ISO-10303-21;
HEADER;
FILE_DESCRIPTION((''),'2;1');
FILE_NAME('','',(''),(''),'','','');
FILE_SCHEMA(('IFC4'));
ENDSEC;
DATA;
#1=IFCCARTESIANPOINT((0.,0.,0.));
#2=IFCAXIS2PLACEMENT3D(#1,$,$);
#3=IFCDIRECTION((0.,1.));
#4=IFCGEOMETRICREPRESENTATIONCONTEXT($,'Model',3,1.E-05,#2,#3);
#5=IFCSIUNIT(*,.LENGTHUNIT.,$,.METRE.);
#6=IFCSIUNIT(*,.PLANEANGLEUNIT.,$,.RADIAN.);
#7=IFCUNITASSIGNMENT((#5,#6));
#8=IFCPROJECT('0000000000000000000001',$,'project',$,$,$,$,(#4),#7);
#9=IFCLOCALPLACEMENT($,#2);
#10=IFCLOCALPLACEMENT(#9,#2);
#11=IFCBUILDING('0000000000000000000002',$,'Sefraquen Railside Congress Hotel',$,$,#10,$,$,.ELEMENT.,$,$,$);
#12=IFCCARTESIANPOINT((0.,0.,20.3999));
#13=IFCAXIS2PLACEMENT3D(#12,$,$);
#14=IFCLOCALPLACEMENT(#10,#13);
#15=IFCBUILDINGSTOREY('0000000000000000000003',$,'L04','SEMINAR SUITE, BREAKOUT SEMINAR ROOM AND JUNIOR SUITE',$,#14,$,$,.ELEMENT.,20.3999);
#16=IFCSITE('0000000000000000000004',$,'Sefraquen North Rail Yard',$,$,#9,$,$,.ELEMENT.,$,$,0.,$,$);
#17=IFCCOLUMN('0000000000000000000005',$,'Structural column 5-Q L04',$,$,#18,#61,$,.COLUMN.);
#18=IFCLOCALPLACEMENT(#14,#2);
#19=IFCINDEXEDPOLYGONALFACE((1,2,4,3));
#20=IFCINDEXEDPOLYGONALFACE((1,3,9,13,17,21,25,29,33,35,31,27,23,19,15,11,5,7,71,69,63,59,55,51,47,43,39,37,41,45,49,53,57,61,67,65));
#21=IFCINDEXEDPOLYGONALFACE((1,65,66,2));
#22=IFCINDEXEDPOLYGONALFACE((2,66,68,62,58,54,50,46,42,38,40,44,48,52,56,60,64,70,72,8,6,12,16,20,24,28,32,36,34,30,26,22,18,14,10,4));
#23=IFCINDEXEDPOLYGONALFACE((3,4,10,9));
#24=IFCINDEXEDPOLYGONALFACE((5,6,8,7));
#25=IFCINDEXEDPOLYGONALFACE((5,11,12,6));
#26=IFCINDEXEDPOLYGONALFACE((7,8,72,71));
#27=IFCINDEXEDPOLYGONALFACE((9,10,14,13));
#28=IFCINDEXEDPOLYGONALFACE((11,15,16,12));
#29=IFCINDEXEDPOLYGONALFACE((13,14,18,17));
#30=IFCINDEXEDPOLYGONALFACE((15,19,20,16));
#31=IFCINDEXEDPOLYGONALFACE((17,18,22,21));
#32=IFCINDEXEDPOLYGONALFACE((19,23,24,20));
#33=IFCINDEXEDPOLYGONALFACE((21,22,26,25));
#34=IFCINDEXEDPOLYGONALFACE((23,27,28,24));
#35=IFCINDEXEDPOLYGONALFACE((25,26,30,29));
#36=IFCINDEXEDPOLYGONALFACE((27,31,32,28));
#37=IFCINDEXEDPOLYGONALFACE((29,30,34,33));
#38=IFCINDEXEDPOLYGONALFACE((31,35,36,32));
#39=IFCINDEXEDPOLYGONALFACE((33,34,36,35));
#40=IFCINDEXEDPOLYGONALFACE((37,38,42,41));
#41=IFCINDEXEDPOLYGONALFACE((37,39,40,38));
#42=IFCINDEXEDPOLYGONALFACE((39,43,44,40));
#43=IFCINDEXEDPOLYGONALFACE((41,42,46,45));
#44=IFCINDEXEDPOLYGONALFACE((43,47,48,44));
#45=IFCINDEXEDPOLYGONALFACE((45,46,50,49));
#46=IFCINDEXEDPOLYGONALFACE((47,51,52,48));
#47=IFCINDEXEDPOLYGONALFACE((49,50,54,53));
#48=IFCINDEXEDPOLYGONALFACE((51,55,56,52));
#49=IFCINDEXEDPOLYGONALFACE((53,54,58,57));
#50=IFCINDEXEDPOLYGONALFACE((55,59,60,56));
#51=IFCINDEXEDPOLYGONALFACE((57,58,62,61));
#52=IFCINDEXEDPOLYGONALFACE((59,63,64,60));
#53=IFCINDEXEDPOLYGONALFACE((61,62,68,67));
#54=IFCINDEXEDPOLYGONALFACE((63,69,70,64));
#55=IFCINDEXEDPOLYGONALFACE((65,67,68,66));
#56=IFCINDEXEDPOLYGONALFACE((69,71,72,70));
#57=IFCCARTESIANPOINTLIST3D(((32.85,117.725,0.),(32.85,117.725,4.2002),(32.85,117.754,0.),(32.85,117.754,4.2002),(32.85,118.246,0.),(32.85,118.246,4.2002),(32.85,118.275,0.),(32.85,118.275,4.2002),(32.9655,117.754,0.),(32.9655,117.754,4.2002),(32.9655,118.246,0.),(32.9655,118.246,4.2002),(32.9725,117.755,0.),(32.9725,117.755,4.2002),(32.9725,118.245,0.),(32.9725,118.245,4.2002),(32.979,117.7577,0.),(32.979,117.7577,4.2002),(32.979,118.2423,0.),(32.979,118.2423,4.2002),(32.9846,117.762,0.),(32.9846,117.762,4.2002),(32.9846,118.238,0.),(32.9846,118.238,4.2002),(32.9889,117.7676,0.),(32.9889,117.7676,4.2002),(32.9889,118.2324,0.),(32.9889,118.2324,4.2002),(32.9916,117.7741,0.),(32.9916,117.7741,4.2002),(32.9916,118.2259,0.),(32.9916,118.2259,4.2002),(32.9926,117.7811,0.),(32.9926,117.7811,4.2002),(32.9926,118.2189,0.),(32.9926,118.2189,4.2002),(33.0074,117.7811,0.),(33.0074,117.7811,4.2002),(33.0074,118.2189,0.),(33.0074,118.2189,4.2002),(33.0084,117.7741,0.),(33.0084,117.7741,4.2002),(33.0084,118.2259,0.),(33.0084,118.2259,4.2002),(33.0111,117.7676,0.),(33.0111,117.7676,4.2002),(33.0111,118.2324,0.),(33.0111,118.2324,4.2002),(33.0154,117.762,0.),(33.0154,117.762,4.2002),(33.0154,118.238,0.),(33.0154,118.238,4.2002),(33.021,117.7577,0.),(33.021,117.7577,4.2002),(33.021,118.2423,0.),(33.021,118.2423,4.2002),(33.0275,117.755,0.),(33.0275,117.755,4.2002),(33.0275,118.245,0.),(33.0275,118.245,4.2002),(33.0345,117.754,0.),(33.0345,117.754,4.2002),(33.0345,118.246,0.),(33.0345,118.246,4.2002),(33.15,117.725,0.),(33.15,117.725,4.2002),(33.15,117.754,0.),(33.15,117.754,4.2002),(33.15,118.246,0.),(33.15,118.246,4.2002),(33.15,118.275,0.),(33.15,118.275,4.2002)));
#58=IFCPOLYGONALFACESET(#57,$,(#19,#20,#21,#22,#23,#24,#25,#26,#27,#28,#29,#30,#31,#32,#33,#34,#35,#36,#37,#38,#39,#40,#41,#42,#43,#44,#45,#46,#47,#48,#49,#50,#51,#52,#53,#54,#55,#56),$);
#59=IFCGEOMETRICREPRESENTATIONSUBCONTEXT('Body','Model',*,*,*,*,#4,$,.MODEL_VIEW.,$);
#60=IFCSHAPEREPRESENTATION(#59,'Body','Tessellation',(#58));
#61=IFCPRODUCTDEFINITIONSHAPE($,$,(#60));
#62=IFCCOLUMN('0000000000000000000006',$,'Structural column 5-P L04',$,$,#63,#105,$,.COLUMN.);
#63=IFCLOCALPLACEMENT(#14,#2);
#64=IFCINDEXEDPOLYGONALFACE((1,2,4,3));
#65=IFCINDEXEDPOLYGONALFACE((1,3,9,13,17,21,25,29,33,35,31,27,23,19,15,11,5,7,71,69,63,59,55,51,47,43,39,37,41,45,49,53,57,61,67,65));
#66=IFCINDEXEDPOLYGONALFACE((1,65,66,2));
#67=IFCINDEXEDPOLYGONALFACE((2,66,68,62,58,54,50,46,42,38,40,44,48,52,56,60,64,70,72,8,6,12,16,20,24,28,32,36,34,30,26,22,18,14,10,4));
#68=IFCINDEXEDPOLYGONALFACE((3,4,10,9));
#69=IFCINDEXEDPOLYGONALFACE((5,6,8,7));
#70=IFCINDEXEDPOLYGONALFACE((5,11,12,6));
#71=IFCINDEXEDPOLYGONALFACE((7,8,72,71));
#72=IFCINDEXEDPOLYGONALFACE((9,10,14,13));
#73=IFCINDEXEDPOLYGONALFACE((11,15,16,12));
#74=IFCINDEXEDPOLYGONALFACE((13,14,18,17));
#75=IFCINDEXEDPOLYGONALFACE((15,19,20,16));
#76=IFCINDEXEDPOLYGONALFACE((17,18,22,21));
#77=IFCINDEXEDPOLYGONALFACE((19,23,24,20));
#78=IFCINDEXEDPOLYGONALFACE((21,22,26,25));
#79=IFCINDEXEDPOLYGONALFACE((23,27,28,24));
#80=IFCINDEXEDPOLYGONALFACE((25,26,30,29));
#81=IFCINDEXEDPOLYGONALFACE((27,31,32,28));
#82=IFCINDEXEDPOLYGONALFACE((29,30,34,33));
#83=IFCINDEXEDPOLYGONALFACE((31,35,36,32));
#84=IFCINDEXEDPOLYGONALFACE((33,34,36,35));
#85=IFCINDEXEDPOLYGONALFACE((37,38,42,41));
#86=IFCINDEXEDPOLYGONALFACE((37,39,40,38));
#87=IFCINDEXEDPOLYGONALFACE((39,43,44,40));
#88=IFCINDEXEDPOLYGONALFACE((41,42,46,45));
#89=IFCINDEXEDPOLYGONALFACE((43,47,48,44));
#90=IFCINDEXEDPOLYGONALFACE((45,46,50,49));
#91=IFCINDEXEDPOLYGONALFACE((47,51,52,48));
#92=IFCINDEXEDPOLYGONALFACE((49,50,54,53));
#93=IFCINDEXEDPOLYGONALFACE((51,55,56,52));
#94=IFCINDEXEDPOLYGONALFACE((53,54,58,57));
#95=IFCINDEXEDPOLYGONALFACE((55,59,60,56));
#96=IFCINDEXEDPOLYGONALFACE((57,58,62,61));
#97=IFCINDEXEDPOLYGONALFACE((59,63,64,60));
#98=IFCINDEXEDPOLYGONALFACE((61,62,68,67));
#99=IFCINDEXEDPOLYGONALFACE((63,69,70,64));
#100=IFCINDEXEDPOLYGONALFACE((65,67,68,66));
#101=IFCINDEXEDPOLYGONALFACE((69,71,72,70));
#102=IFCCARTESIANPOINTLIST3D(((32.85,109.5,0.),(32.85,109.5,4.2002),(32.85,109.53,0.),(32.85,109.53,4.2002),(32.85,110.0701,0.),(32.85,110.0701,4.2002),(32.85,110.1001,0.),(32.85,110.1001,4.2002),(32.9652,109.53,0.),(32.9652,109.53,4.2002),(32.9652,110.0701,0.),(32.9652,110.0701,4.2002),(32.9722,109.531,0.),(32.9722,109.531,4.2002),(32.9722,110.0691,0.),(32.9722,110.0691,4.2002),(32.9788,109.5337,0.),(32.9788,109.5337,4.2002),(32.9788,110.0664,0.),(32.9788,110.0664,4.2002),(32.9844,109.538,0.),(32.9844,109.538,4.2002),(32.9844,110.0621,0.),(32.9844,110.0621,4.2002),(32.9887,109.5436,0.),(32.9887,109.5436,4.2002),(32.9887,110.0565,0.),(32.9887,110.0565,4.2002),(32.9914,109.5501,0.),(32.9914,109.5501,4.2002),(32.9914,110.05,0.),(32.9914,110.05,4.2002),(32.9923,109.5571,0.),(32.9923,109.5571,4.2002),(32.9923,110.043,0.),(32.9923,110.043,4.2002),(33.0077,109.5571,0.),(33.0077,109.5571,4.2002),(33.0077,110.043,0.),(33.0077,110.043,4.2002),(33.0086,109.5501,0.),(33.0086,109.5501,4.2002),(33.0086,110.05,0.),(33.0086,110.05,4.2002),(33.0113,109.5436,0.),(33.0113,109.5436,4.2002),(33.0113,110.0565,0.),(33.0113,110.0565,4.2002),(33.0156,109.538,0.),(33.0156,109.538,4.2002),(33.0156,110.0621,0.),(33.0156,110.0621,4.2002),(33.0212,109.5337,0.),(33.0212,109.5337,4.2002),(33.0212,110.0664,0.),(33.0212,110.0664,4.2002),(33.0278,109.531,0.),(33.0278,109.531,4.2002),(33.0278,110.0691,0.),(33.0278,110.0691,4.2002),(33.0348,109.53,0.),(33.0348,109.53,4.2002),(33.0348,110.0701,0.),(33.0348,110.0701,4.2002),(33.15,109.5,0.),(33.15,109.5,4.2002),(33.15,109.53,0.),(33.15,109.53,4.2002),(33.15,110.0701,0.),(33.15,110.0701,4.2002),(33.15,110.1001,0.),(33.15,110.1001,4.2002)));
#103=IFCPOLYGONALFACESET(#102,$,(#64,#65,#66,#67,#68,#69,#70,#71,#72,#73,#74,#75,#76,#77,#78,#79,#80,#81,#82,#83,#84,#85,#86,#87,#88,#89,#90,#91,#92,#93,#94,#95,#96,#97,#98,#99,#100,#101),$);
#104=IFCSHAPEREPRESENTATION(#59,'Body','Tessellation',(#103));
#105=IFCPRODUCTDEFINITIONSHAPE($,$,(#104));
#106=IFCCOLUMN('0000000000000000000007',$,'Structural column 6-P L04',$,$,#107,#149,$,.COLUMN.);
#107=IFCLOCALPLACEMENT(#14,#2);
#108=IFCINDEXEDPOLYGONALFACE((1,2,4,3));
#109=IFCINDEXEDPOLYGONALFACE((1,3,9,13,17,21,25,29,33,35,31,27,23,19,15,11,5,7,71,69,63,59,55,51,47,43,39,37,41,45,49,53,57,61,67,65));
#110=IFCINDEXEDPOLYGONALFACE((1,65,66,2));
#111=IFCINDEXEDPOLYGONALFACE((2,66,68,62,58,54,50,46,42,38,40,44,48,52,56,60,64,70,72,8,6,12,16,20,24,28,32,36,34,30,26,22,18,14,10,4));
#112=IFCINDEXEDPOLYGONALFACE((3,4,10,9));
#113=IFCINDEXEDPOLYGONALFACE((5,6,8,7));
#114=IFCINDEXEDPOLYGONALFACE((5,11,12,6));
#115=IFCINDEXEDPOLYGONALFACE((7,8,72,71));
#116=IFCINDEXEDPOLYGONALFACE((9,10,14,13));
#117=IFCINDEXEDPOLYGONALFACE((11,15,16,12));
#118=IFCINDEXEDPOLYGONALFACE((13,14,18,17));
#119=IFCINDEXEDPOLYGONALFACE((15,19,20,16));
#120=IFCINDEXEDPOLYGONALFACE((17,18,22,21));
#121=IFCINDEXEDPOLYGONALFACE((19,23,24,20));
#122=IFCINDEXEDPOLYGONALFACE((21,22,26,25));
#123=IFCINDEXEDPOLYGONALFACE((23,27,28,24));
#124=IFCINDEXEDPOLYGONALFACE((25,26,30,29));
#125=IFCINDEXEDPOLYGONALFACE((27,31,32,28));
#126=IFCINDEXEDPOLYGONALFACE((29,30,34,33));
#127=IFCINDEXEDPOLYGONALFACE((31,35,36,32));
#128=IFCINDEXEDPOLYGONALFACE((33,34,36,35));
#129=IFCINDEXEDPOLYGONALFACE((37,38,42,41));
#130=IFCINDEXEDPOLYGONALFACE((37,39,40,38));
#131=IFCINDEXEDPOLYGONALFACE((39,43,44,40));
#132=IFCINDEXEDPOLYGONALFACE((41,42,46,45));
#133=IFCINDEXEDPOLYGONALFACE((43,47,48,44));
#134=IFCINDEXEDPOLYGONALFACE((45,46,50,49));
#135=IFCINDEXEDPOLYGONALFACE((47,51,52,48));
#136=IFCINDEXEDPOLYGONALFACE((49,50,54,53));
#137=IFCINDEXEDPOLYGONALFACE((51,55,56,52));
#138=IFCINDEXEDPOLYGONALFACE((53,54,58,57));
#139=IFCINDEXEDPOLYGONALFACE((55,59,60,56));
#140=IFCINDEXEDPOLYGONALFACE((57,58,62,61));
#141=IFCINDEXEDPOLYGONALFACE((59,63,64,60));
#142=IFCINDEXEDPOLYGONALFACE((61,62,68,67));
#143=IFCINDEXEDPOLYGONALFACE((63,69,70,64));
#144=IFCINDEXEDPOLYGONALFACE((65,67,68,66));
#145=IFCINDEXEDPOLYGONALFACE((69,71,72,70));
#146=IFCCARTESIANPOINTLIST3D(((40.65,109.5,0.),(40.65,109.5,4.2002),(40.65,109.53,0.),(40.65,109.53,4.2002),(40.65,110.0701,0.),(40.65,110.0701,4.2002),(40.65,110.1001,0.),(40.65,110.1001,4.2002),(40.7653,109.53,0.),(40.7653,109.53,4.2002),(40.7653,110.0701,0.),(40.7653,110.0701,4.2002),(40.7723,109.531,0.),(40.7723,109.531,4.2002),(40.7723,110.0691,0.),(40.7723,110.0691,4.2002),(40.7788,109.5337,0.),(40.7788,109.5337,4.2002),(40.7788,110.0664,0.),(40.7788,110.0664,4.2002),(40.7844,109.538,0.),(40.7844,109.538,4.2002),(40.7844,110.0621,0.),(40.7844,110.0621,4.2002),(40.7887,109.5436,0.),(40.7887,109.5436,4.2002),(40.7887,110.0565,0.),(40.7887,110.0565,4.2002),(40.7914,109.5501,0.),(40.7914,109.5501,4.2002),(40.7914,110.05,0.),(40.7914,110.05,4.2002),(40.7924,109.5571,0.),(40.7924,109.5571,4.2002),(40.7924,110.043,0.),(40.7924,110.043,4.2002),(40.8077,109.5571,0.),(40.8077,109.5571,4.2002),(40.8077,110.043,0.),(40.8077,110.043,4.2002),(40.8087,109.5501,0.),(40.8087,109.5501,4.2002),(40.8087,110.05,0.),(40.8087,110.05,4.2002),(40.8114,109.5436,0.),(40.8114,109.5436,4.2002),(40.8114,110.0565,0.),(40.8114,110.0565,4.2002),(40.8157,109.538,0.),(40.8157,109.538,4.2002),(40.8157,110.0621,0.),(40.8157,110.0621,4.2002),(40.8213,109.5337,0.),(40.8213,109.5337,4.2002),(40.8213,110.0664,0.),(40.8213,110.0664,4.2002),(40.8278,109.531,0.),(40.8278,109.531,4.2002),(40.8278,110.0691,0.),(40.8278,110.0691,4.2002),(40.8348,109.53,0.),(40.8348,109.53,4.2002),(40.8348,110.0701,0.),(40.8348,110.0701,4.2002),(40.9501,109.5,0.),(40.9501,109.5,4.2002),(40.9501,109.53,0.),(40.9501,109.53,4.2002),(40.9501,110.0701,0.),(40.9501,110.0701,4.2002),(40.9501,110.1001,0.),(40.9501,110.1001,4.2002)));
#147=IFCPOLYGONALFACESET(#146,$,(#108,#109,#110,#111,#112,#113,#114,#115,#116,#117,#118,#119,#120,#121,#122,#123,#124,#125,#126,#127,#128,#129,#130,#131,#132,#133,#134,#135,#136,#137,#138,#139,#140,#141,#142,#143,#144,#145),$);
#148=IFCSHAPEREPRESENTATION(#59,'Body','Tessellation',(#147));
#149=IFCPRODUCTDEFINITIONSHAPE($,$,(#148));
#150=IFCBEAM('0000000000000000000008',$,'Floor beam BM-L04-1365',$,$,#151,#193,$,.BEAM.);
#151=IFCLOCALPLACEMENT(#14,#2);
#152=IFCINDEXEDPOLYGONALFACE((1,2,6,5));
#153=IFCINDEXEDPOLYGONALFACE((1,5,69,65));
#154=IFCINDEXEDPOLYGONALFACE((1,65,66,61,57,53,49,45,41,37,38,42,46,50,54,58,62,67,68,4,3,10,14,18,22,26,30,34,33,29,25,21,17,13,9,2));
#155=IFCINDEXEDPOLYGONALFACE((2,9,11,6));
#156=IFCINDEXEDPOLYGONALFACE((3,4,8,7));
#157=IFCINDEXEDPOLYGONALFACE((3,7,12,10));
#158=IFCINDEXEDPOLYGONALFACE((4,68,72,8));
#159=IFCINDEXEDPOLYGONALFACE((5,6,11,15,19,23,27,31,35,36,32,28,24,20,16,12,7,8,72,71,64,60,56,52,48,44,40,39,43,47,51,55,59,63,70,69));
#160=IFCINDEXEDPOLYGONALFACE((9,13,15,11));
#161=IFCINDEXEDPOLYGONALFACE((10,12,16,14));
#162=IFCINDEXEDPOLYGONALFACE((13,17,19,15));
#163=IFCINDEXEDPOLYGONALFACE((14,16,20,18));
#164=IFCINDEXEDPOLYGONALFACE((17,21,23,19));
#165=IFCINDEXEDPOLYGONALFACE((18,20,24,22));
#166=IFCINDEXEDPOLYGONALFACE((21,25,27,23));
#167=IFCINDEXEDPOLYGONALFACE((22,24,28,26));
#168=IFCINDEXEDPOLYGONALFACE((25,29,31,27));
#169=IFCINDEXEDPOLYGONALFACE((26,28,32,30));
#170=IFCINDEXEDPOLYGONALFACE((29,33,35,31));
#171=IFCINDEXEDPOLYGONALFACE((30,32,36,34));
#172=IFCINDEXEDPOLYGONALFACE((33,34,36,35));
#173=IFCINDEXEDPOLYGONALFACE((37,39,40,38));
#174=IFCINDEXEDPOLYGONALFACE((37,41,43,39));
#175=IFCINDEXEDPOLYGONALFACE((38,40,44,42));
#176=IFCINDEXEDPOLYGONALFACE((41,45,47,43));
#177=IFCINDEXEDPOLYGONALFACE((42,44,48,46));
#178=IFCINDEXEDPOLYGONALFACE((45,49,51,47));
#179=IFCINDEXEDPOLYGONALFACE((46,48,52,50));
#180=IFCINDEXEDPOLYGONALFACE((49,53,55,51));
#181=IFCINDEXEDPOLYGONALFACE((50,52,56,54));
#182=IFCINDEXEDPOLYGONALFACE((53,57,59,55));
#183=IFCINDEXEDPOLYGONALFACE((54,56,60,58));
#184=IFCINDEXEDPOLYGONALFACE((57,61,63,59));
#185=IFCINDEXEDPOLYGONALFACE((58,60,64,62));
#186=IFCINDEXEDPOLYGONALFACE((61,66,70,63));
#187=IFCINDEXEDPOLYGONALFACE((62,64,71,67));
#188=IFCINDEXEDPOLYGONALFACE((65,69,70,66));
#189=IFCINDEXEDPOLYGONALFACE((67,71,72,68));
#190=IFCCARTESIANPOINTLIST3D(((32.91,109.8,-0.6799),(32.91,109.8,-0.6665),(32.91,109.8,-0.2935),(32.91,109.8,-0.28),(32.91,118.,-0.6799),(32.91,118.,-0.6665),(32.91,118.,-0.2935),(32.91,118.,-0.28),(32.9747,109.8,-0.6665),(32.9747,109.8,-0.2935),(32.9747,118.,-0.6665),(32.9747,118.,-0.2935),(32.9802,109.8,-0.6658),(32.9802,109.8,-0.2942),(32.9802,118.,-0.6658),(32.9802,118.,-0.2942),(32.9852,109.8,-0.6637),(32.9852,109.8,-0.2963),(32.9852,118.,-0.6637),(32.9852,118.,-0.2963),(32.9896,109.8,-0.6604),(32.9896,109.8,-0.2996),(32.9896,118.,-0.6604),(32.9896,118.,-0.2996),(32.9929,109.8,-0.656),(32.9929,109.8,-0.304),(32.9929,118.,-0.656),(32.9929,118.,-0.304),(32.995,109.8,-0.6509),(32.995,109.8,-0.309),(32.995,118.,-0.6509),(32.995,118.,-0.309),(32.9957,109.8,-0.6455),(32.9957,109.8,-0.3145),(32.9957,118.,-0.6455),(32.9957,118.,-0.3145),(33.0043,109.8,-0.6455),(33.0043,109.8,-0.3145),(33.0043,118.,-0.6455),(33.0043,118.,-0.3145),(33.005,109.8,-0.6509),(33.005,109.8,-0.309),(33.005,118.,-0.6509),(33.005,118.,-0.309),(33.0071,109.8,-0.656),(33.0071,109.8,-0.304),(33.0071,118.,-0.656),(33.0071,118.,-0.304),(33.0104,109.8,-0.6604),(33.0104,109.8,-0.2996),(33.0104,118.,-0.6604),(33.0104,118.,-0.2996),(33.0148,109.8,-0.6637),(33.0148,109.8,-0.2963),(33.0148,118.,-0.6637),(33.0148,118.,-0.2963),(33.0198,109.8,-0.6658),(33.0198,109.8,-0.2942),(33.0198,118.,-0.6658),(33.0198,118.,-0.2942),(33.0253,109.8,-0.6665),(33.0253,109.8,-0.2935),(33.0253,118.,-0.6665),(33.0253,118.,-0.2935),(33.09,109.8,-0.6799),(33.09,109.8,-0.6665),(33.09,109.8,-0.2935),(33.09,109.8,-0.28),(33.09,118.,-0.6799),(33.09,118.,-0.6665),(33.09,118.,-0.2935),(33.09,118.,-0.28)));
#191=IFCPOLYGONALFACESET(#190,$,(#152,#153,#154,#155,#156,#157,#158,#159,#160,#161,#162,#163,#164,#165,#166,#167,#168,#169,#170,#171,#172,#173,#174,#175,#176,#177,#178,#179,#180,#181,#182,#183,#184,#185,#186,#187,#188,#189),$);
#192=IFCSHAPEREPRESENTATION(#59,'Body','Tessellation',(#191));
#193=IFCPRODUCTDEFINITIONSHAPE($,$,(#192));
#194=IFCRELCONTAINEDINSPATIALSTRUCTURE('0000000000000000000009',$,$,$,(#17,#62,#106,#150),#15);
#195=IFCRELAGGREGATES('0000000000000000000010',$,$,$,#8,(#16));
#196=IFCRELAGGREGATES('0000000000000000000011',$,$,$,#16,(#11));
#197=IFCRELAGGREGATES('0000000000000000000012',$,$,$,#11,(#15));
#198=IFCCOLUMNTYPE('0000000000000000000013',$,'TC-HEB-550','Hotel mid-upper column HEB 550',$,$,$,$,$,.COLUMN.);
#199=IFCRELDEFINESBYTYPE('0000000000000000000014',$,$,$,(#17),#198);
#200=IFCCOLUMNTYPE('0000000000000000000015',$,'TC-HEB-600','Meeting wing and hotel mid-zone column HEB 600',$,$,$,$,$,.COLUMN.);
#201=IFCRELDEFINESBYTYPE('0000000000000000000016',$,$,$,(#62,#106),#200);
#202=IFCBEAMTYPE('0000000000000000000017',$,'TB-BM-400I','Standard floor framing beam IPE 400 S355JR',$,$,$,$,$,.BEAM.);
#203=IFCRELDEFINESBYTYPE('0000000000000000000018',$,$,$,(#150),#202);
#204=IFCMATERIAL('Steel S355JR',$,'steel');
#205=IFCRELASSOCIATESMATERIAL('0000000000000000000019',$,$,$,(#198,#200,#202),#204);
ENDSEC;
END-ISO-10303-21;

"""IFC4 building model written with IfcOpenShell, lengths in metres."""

from ifc_helpers import new_model, si_unit, direction, frame, origin, origin_2d, place, context, subcontext, project, spatial, i_section, extrude, material, material_profile, profile_set, type_object, element, save


model = new_model("IFC4")

# Units and contexts
model_context = context("Model", 3, precision=1e-05, world=origin(), true_north=direction((0.0, 1.0)))
body_context = subcontext(model_context, "Body", "Model", "MODEL_VIEW")
ifc_project = project(units=[si_unit("LENGTHUNIT", "METRE"), si_unit("PLANEANGLEUNIT", "RADIAN")], contexts=[model_context])

# Site, building, storey
site_placement = place(None, origin())
site = spatial("IfcSite", under=ifc_project, at=site_placement, Name="Sefraquen North Rail Yard", CompositionType="ELEMENT", RefElevation=0.0)
building_placement = place(site_placement, origin())
building = spatial("IfcBuilding", under=site, at=building_placement, Name="Sefraquen Railside Congress Hotel", CompositionType="ELEMENT")
storey_placement = place(building_placement, frame((0.0, 0.0, 20.3999)))
storey = spatial("IfcBuildingStorey", under=building, at=storey_placement, Name="L04", Description="SEMINAR SUITE, BREAKOUT SEMINAR ROOM AND JUNIOR SUITE", CompositionType="ELEMENT", Elevation=20.3999)

# Columns
ifc_material_1 = material(Name="Steel S355JR", Category="steel")
ifc_material_profile_1 = material_profile(ifc_material_1, i_section(OverallWidth=0.3, OverallDepth=0.55, WebThickness=0.0149, FlangeThickness=0.0291, FilletRadius=0.0271, at=origin_2d()), Name="HEB 550")
ifc_profile_set_1 = profile_set([ifc_material_profile_1], Name="Steel S355JR")
column_type_1 = type_object("IfcColumnType", Name="TC-HEB-550", Description="Hotel mid-upper column HEB 550", PredefinedType="COLUMN", material=ifc_profile_set_1)
column_placement = place(storey_placement, frame((33.0, 118.0, 0.0), z_axis=(0.0, 0.0, 1.0), x_axis=(1.0, 0.0, 0.0)))
element("IfcColumn", 1, at=column_placement, inside=storey, type_object=column_type_1, Name="Structural column 5-Q L04", PredefinedType="COLUMN", context=body_context, shape_type="SweptSolid", body=[
    extrude(i_section(OverallWidth=0.3, OverallDepth=0.55, WebThickness=0.0149, FlangeThickness=0.0291, FilletRadius=0.0271, at=origin_2d()), origin(), (0.0, 0.0, 1.0), 4.2002),
])
ifc_material_profile_2 = material_profile(ifc_material_1, i_section(OverallWidth=0.3, OverallDepth=0.6001, WebThickness=0.0154, FlangeThickness=0.03, FilletRadius=0.0271, at=origin_2d()), Name="HEB 600")
ifc_profile_set_2 = profile_set([ifc_material_profile_2], Name="Steel S355JR")
column_type_2 = type_object("IfcColumnType", Name="TC-HEB-600", Description="Meeting wing and hotel mid-zone column HEB 600", PredefinedType="COLUMN", material=ifc_profile_set_2)
for number, where, z_axis, x_axis, name in (
    (2, (33.0, 109.8, 0.0), (0.0, 0.0, 1.0), (1.0, 0.0, 0.0), "Structural column 5-P L04"),
    (3, (40.8, 109.8, 0.0), (0.0, 0.0, 1.0), (1.0, 0.0, 0.0), "Structural column 6-P L04"),
):
    element("IfcColumn", number, at=place(storey_placement, frame(where, z_axis=z_axis, x_axis=x_axis)), inside=storey, type_object=column_type_2, Name=name, PredefinedType="COLUMN", context=body_context, shape_type="SweptSolid", body=[
        extrude(i_section(OverallWidth=0.3, OverallDepth=0.6001, WebThickness=0.0154, FlangeThickness=0.03, FilletRadius=0.0271, at=origin_2d()), origin(), (0.0, 0.0, 1.0), 4.2002),
    ])

# Beam
ifc_material_profile_3 = material_profile(ifc_material_1, i_section(OverallWidth=0.1799, OverallDepth=0.3999, WebThickness=0.0085, FlangeThickness=0.0134, FilletRadius=0.021, at=origin_2d()), Name="IPE 400")
ifc_profile_set_3 = profile_set([ifc_material_profile_3], Name="Steel S355JR")
beam_type_1 = type_object("IfcBeamType", Name="TB-BM-400I", Description="Standard floor framing beam IPE 400 S355JR", PredefinedType="BEAM", material=ifc_profile_set_3)
beam_placement = place(storey_placement, frame((33.0, 109.8, -0.48), z_axis=(0.0, 1.0, 0.0), x_axis=(-1.0, 0.0, 0.0)))
element("IfcBeam", 4, at=beam_placement, inside=storey, type_object=beam_type_1, Name="Floor beam BM-L04-1365", PredefinedType="BEAM", context=body_context, shape_type="SweptSolid", body=[
    extrude(i_section(OverallWidth=0.1799, OverallDepth=0.3999, WebThickness=0.0085, FlangeThickness=0.0134, FilletRadius=0.021, at=origin_2d()), origin(), (0.0, 0.0, 1.0), 8.2),
])

save(model, "model.ifc")
